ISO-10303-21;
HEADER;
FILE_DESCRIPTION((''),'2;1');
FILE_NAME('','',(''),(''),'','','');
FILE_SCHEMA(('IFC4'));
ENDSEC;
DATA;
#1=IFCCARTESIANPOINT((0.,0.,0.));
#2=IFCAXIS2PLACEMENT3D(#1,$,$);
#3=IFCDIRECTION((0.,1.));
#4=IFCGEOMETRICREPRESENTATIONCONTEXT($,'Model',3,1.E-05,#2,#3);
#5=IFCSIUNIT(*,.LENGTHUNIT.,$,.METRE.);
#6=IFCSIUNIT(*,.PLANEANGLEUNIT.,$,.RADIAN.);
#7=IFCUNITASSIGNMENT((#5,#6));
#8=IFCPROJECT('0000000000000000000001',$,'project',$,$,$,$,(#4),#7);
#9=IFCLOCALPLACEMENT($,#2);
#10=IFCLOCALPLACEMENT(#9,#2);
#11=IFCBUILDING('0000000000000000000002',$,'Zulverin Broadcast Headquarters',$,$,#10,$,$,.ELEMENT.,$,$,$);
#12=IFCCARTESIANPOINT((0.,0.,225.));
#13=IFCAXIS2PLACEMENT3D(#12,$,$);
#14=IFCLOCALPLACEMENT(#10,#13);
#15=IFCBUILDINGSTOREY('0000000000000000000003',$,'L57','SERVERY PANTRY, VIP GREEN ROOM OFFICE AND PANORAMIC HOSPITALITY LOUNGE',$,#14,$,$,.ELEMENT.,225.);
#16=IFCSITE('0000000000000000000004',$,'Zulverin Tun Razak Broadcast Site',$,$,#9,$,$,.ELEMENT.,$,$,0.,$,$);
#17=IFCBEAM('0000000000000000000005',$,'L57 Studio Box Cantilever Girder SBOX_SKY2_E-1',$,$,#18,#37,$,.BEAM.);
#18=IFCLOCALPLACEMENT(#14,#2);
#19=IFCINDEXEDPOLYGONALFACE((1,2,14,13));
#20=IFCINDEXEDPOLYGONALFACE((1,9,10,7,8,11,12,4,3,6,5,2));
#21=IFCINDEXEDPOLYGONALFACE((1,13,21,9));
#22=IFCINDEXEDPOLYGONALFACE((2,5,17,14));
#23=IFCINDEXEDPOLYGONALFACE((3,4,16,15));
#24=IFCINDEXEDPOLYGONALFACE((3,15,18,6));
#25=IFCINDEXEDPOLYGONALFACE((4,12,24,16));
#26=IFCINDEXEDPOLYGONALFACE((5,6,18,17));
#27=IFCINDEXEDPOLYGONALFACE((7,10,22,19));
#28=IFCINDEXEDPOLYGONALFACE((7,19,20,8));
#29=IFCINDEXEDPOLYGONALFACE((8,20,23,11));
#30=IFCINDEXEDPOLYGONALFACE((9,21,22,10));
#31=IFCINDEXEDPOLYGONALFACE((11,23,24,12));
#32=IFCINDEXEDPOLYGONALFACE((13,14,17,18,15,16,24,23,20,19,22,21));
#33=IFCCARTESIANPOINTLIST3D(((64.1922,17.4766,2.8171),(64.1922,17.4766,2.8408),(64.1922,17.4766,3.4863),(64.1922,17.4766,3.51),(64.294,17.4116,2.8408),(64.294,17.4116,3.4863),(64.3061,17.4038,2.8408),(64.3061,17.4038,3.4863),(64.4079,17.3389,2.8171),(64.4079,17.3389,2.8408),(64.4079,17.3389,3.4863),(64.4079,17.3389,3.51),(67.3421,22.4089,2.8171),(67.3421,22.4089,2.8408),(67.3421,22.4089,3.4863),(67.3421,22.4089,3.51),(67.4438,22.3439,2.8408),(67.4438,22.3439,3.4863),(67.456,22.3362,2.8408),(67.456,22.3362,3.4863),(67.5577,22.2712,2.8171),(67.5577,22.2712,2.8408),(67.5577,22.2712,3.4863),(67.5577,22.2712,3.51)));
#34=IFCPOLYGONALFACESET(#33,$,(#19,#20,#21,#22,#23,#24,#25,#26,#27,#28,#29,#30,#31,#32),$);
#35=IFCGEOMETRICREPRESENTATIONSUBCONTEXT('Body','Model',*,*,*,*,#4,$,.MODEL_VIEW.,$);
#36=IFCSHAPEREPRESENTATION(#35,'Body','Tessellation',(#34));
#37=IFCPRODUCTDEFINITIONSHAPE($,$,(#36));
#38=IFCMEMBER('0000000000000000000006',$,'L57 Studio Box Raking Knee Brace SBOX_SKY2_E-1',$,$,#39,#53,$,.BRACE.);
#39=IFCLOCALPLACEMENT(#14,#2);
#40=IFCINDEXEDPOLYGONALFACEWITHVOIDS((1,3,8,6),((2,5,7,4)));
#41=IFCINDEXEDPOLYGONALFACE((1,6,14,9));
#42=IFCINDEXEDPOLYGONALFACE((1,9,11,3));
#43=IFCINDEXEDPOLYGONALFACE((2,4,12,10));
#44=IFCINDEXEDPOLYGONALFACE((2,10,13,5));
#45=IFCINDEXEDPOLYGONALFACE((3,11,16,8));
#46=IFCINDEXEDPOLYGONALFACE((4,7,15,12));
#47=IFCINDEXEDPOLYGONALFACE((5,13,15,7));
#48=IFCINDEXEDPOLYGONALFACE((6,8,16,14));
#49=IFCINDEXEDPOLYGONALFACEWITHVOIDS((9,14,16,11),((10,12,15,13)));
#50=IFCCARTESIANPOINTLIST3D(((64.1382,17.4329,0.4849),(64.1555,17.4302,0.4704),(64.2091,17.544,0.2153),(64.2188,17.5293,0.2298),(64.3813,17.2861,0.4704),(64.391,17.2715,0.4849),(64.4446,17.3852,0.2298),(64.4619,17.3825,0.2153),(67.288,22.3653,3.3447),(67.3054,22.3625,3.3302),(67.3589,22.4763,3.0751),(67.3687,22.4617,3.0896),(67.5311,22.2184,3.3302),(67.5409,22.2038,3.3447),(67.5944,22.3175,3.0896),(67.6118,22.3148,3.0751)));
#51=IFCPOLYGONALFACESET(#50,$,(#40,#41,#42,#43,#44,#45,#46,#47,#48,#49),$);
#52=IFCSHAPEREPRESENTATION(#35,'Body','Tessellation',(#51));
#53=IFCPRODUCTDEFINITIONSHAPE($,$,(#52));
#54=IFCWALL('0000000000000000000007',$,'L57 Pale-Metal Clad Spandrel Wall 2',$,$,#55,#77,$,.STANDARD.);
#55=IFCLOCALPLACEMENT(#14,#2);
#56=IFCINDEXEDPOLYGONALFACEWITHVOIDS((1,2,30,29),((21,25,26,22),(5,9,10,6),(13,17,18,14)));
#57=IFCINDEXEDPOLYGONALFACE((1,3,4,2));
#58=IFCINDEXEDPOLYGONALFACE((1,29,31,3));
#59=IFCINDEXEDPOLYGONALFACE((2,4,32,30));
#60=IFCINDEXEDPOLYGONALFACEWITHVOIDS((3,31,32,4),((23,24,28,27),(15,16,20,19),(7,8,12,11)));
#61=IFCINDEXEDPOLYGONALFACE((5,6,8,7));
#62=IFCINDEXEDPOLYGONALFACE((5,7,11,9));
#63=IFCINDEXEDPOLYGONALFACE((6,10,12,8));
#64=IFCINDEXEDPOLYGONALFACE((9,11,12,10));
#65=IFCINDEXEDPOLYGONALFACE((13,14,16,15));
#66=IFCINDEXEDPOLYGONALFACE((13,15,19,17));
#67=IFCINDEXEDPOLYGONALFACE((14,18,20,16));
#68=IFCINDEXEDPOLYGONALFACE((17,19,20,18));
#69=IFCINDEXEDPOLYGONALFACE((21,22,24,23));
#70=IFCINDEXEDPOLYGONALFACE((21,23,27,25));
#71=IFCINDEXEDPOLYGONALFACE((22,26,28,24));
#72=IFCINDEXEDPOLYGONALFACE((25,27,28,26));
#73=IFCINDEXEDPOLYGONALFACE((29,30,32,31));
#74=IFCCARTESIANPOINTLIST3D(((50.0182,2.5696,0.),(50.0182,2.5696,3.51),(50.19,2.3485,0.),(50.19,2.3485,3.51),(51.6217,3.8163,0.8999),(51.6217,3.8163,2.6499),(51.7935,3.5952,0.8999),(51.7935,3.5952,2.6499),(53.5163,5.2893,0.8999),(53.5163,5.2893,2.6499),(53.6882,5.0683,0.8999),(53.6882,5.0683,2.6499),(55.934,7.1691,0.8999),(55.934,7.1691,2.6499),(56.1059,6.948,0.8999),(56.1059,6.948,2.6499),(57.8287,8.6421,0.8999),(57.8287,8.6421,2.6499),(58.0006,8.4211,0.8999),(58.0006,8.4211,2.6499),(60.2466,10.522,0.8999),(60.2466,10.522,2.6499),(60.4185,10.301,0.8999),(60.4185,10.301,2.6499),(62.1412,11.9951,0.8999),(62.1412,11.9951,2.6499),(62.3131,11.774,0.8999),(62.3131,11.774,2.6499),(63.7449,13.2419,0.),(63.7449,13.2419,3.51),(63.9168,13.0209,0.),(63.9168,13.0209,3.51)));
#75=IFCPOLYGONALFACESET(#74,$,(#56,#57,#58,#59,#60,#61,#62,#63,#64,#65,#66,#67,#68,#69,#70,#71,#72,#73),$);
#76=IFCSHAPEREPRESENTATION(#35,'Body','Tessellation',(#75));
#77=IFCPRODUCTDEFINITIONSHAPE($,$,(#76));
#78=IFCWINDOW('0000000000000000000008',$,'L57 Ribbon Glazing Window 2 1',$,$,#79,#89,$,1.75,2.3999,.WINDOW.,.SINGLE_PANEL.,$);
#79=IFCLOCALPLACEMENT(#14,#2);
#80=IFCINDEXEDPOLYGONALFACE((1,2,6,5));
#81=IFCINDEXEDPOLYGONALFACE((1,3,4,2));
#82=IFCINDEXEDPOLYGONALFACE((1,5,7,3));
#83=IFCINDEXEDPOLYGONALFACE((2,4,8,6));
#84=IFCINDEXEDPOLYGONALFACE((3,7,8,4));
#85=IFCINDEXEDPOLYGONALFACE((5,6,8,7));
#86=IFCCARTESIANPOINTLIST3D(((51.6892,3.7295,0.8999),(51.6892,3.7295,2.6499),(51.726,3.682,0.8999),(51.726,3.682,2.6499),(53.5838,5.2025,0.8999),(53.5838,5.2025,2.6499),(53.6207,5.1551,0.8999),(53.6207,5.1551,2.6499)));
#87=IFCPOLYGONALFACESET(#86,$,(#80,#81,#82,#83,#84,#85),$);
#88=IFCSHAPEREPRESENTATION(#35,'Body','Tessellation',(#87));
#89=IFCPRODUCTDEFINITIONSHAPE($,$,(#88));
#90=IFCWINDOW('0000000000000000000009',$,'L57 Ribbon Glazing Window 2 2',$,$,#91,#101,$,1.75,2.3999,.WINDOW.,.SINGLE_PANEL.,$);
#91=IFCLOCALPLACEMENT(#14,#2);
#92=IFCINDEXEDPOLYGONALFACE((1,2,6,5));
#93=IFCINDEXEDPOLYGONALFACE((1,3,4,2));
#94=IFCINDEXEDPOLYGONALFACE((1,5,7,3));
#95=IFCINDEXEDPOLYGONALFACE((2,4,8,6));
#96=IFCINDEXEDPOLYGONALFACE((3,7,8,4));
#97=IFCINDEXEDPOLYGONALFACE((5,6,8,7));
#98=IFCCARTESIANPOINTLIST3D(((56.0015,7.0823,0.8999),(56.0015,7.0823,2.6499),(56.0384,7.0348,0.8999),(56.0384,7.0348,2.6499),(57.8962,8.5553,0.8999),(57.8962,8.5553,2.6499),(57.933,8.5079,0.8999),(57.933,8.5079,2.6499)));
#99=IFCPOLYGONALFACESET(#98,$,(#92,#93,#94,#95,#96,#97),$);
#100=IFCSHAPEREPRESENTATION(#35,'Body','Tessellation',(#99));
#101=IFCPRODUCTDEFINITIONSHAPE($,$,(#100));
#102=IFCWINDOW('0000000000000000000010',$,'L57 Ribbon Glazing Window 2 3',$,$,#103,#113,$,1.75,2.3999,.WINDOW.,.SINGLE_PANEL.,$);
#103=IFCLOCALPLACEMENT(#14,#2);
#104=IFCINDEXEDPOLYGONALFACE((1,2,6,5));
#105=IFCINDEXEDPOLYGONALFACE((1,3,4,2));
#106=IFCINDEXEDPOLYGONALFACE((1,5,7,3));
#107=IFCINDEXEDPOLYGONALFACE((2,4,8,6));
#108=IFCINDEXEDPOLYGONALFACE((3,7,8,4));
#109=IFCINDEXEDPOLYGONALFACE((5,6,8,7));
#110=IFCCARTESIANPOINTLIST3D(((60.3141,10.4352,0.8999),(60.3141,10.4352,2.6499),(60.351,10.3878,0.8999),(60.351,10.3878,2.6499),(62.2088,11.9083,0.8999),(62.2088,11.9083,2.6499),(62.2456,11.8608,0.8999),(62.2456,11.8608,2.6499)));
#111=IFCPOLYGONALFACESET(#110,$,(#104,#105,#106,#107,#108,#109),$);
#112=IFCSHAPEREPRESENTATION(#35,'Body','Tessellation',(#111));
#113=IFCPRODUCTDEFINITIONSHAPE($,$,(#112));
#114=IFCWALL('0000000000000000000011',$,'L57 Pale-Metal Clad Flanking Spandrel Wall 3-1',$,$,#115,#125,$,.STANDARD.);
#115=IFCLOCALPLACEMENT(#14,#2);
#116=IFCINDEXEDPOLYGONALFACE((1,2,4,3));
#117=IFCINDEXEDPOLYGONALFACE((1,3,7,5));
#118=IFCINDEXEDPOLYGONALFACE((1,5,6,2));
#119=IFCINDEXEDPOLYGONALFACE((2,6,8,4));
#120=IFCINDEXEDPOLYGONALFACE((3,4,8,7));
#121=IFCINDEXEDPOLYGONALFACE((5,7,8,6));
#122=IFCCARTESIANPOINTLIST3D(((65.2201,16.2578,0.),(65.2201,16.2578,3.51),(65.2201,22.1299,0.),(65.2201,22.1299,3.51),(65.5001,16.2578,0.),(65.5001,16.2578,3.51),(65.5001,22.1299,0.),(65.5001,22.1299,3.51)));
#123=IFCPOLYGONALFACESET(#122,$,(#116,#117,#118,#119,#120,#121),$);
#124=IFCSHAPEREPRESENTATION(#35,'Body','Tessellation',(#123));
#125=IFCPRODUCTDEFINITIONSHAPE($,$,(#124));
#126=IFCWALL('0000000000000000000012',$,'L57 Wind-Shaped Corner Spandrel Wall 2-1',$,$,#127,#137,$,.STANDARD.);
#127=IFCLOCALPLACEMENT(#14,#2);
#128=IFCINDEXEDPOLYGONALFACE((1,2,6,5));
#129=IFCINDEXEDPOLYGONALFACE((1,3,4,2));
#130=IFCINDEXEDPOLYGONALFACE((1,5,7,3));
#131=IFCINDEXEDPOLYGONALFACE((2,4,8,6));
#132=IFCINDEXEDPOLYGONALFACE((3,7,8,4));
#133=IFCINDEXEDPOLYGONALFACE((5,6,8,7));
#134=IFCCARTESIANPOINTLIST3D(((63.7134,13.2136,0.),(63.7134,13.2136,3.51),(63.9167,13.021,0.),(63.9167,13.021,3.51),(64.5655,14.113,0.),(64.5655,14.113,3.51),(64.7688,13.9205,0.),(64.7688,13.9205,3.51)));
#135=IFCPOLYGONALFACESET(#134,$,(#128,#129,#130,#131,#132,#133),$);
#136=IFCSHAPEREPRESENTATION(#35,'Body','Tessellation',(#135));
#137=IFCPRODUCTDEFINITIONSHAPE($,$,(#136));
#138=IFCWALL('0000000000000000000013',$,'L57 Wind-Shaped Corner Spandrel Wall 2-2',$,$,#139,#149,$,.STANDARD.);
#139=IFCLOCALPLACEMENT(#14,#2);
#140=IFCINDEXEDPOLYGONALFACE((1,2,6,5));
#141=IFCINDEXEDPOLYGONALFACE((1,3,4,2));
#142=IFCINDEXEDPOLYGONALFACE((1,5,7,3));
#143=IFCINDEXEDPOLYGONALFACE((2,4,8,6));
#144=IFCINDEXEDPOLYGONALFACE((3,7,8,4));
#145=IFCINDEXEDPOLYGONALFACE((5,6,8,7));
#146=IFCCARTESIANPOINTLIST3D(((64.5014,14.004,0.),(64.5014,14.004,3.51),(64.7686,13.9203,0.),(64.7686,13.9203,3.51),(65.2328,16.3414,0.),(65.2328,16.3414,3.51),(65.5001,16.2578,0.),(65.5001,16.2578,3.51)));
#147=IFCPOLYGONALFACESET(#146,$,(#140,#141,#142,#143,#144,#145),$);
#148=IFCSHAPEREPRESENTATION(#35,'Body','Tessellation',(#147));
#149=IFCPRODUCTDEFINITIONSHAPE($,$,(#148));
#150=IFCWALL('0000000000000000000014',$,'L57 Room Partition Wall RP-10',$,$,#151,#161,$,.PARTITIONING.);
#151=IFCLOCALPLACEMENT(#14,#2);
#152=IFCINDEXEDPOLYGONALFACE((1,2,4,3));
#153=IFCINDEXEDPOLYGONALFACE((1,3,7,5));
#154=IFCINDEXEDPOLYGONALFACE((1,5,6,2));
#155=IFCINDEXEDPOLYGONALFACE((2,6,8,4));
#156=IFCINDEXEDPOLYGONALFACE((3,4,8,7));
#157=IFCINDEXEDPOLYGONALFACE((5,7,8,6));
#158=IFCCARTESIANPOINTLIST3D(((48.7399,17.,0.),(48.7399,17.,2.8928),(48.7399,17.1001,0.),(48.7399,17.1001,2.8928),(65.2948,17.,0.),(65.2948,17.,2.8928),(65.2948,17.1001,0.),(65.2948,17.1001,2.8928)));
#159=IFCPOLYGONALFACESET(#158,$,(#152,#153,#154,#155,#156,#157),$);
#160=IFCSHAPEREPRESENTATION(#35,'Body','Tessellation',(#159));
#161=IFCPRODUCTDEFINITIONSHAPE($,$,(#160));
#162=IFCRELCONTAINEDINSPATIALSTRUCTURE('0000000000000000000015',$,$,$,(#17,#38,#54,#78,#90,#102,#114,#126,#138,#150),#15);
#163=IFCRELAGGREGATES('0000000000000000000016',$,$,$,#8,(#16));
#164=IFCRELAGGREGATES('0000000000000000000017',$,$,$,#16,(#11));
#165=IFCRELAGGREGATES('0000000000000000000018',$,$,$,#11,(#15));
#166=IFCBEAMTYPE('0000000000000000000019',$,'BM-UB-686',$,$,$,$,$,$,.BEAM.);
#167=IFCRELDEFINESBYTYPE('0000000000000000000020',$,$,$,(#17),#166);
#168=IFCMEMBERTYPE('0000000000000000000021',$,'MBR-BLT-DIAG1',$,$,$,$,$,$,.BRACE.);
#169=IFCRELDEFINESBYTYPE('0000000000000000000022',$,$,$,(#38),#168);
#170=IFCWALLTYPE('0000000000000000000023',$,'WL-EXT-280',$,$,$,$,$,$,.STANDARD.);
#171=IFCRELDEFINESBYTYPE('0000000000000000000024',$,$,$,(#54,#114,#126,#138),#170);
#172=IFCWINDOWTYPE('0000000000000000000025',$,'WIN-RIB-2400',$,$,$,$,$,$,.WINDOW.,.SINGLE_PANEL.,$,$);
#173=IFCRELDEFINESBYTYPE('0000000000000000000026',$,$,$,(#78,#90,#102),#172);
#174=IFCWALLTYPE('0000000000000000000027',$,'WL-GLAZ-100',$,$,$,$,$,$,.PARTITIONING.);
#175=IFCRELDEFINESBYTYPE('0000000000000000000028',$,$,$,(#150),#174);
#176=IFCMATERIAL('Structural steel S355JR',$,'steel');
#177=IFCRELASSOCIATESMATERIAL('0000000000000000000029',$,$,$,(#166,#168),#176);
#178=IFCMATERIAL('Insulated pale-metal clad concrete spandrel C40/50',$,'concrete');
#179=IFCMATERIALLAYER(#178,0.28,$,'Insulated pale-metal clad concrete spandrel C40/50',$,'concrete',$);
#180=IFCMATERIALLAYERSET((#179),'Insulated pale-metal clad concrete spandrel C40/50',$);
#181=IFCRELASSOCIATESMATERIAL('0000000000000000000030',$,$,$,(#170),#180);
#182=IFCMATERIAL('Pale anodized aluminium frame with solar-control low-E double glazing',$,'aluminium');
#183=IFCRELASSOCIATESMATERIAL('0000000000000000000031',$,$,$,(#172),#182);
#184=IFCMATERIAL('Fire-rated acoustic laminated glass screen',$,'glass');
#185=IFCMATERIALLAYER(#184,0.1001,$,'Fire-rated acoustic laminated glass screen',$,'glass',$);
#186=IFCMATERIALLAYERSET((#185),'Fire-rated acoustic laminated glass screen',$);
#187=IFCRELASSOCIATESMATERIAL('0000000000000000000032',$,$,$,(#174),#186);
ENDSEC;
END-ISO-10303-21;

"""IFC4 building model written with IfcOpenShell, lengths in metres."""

from ifc_helpers import new_model, si_unit, direction, frame, frame_2d, origin, origin_2d, place, context, subcontext, project, spatial, rectangle, hollow_rectangle, i_section, extrude, material, layer, layer_set, material_profile, profile_set, type_object, element, fill, save


model = new_model("IFC4")

# Units and contexts
model_context = context("Model", 3, precision=1e-05, world=origin(), true_north=direction((0.0, 1.0)))
body_context = subcontext(model_context, "Body", "Model", "MODEL_VIEW")
ifc_project = project(units=[si_unit("LENGTHUNIT", "METRE"), si_unit("PLANEANGLEUNIT", "RADIAN")], contexts=[model_context])

# Site, building, storey
site_placement = place(None, origin())
site = spatial("IfcSite", under=ifc_project, at=site_placement, Name="Zulverin Tun Razak Broadcast Site", CompositionType="ELEMENT", RefElevation=0.0)
building_placement = place(site_placement, origin())
building = spatial("IfcBuilding", under=site, at=building_placement, Name="Zulverin Broadcast Headquarters", CompositionType="ELEMENT")
storey_placement = place(building_placement, frame((0.0, 0.0, 225.0)))
storey = spatial("IfcBuildingStorey", under=building, at=storey_placement, Name="L57", Description="SERVERY PANTRY, VIP GREEN ROOM OFFICE AND PANORAMIC HOSPITALITY LOUNGE", CompositionType="ELEMENT", Elevation=225.0)

# Beam
ifc_material_1 = material(Name="Structural steel S355JR", Category="steel")
ifc_material_profile_1 = material_profile(ifc_material_1, i_section(OverallWidth=0.2559, OverallDepth=0.6929, WebThickness=0.0144, FlangeThickness=0.0237, at=origin_2d()), Name="Structural steel S355JR", Category="steel")
ifc_profile_set_1 = profile_set([ifc_material_profile_1], Name="Structural steel S355JR")
beam_type_1 = type_object("IfcBeamType", Name="BM-UB-686", PredefinedType="BEAM", material=ifc_profile_set_1)
beam_1_placement = place(storey_placement, frame((64.3, 17.4077, 3.1636), z_axis=(0.538227, 0.8428, 0.0), x_axis=(-0.8428, 0.538227, 0.0)))
element("IfcBeam", 1, at=beam_1_placement, inside=storey, type_object=beam_type_1, Name="L57 Studio Box Cantilever Girder SBOX_SKY2_E-1", PredefinedType="BEAM", context=body_context, shape_type="SweptSolid", body=[
    extrude(i_section(OverallWidth=0.2559, OverallDepth=0.6929, WebThickness=0.0144, FlangeThickness=0.0237, at=origin_2d()), origin(), (0.0, 0.0, 1.0), 5.8523),
])

# Member
ifc_material_profile_2 = material_profile(ifc_material_1, hollow_rectangle(XDim=0.3, YDim=0.3, WallThickness=0.0161, at=origin_2d()), Name="Structural steel S355JR", Category="steel")
ifc_profile_set_2 = profile_set([ifc_material_profile_2], Name="Structural steel S355JR")
member_type = type_object("IfcMemberType", Name="MBR-BLT-DIAG1", PredefinedType="BRACE", material=ifc_profile_set_2)
member_placement = place(storey_placement, frame((64.3, 17.4077, 0.3501), z_axis=(0.483577, 0.757224, 0.43905), x_axis=(-0.8428, 0.538227, 0.0)))
element("IfcMember", 2, at=member_placement, inside=storey, type_object=member_type, Name="L57 Studio Box Raking Knee Brace SBOX_SKY2_E-1", PredefinedType="BRACE", context=body_context, shape_type="SweptSolid", body=[
    extrude(hollow_rectangle(XDim=0.3, YDim=0.3, WallThickness=0.0161, at=origin_2d()), origin(), (0.0, 0.0, 1.0), 6.5137),
])

# Wall, openings, windows
ifc_material_2 = material(Name="Insulated pale-metal clad concrete spandrel C40/50", Category="concrete")
ifc_layer_1 = layer(ifc_material_2, 0.28, Name="Insulated pale-metal clad concrete spandrel C40/50", Category="concrete")
ifc_layer_set_1 = layer_set([ifc_layer_1], Name="Insulated pale-metal clad concrete spandrel C40/50")
wall_type_1 = type_object("IfcWallType", Name="WL-EXT-280", PredefinedType="STANDARD", material=ifc_layer_set_1)
wall_1_placement = place(storey_placement, frame((50.104, 2.459, 0.0), z_axis=(0.0, 0.0, 1.0), x_axis=(0.789465, 0.613796, 0.0)))
wall_1 = element("IfcWall", 3, at=wall_1_placement, inside=storey, type_object=wall_type_1, Name="L57 Pale-Metal Clad Spandrel Wall 2", PredefinedType="STANDARD", context=body_context, shape_type="SweptSolid", body=[
    extrude(rectangle(XDim=17.3875, YDim=0.28, at=frame_2d((8.6938, 0.0))), origin(), (0.0, 0.0, 1.0), 3.51),
])
opening_1_placement = place(wall_1_placement, frame((2.0312, 0.0, 0.8999)))
opening_1 = element("IfcOpeningElement", 4, at=opening_1_placement, cuts=wall_1, PredefinedType="OPENING", context=body_context, shape_type="SweptSolid", body=[
    extrude(rectangle(XDim=2.3999, YDim=1.75, at=frame_2d((1.2, 0.875))), frame((0.0, 0.1499, 0.0), z_axis=(0.0, -1.0, 0.0), x_axis=(1.0, 0.0, 0.0)), (0.0, 0.0, 1.0), 0.3),
])
opening_2_placement = place(wall_1_placement, frame((7.4937, 0.0, 0.8999)))
opening_2 = element("IfcOpeningElement", 5, at=opening_2_placement, cuts=wall_1, PredefinedType="OPENING", context=body_context, shape_type="SweptSolid", body=[
    extrude(rectangle(XDim=2.3999, YDim=1.75, at=frame_2d((1.2, 0.875))), frame((0.0, 0.1499, 0.0), z_axis=(0.0, -1.0, 0.0), x_axis=(1.0, 0.0, 0.0)), (0.0, 0.0, 1.0), 0.3),
])
opening_3_placement = place(wall_1_placement, frame((12.9563, 0.0, 0.8999)))
opening_3 = element("IfcOpeningElement", 6, at=opening_3_placement, cuts=wall_1, PredefinedType="OPENING", context=body_context, shape_type="SweptSolid", body=[
    extrude(rectangle(XDim=2.3999, YDim=1.75, at=frame_2d((1.2, 0.875))), frame((0.0, 0.1499, 0.0), z_axis=(0.0, -1.0, 0.0), x_axis=(1.0, 0.0, 0.0)), (0.0, 0.0, 1.0), 0.3),
])
ifc_material_3 = material(Name="Pale anodized aluminium frame with solar-control low-E double glazing", Category="aluminium")
window_type = type_object("IfcWindowType", Name="WIN-RIB-2400", PartitioningType="SINGLE_PANEL", PredefinedType="WINDOW", material=ifc_material_3)
window_1_placement = place(opening_1_placement, origin())
window_1 = element("IfcWindow", 7, at=window_1_placement, inside=storey, type_object=window_type, Name="L57 Ribbon Glazing Window 2 1", OverallHeight=1.75, OverallWidth=2.3999, PartitioningType="SINGLE_PANEL", PredefinedType="WINDOW", context=body_context, shape_type="SweptSolid", body=[
    extrude(rectangle(XDim=2.3999, YDim=1.75, at=frame_2d((1.2, 0.875))), frame((0.0, 0.03, 0.0), z_axis=(0.0, -1.0, 0.0), x_axis=(1.0, 0.0, 0.0)), (0.0, 0.0, 1.0), 0.0601),
])
fill(opening_1, window_1)
window_2_placement = place(opening_2_placement, origin())
window_2 = element("IfcWindow", 8, at=window_2_placement, inside=storey, type_object=window_type, Name="L57 Ribbon Glazing Window 2 2", OverallHeight=1.75, OverallWidth=2.3999, PartitioningType="SINGLE_PANEL", PredefinedType="WINDOW", context=body_context, shape_type="SweptSolid", body=[
    extrude(rectangle(XDim=2.3999, YDim=1.75, at=frame_2d((1.2, 0.875))), frame((0.0, 0.03, 0.0), z_axis=(0.0, -1.0, 0.0), x_axis=(1.0, 0.0, 0.0)), (0.0, 0.0, 1.0), 0.0601),
])
fill(opening_2, window_2)
window_3_placement = place(opening_3_placement, origin())
window_3 = element("IfcWindow", 9, at=window_3_placement, inside=storey, type_object=window_type, Name="L57 Ribbon Glazing Window 2 3", OverallHeight=1.75, OverallWidth=2.3999, PartitioningType="SINGLE_PANEL", PredefinedType="WINDOW", context=body_context, shape_type="SweptSolid", body=[
    extrude(rectangle(XDim=2.3999, YDim=1.75, at=frame_2d((1.2, 0.875))), frame((0.0, 0.03, 0.0), z_axis=(0.0, -1.0, 0.0), x_axis=(1.0, 0.0, 0.0)), (0.0, 0.0, 1.0), 0.0601),
])
fill(opening_3, window_3)

# Walls
wall_2_placement = place(storey_placement, frame((65.3601, 16.2578, 0.0), z_axis=(0.0, 0.0, 1.0), x_axis=(0.0, 1.0, 0.0)))
element("IfcWall", 10, at=wall_2_placement, inside=storey, type_object=wall_type_1, Name="L57 Pale-Metal Clad Flanking Spandrel Wall 3-1", PredefinedType="STANDARD", context=body_context, shape_type="SweptSolid", body=[
    extrude(rectangle(XDim=5.8721, YDim=0.28, at=frame_2d((2.936, 0.0))), origin(), (0.0, 0.0, 1.0), 3.51),
])
wall_3_placement = place(storey_placement, frame((63.8149, 13.1172, 0.0), z_axis=(0.0, 0.0, 1.0), x_axis=(0.687734, 0.725963, 0.0)))
element("IfcWall", 11, at=wall_3_placement, inside=storey, type_object=wall_type_1, Name="L57 Wind-Shaped Corner Spandrel Wall 2-1", PredefinedType="STANDARD", context=body_context, shape_type="SweptSolid", body=[
    extrude(rectangle(XDim=1.239, YDim=0.28, at=frame_2d((0.6196, 0.0))), origin(), (0.0, 0.0, 1.0), 3.51),
])
wall_4_placement = place(storey_placement, frame((64.635, 13.9622, 0.0), z_axis=(0.0, 0.0, 1.0), x_axis=(0.29865, 0.954363, 0.0)))
element("IfcWall", 12, at=wall_4_placement, inside=storey, type_object=wall_type_1, Name="L57 Wind-Shaped Corner Spandrel Wall 2-2", PredefinedType="STANDARD", context=body_context, shape_type="SweptSolid", body=[
    extrude(rectangle(XDim=2.4492, YDim=0.28, at=frame_2d((1.2246, 0.0))), origin(), (0.0, 0.0, 1.0), 3.51),
])
ifc_material_4 = material(Name="Fire-rated acoustic laminated glass screen", Category="glass")
ifc_layer_2 = layer(ifc_material_4, 0.1001, Name="Fire-rated acoustic laminated glass screen", Category="glass")
ifc_layer_set_2 = layer_set([ifc_layer_2], Name="Fire-rated acoustic laminated glass screen")
wall_type_2 = type_object("IfcWallType", Name="WL-GLAZ-100", PredefinedType="PARTITIONING", material=ifc_layer_set_2)
wall_5_placement = place(storey_placement, frame((48.74, 17.05, 0.0), z_axis=(0.0, 0.0, 1.0), x_axis=(1.0, 0.0, 0.0)))
element("IfcWall", 13, at=wall_5_placement, inside=storey, type_object=wall_type_2, Name="L57 Room Partition Wall RP-10", PredefinedType="PARTITIONING", context=body_context, shape_type="SweptSolid", body=[
    extrude(rectangle(XDim=16.5549, YDim=0.1001, at=frame_2d((8.2773, 0.0))), origin(), (0.0, 0.0, 1.0), 2.8928),
])

save(model, "model.ifc")
